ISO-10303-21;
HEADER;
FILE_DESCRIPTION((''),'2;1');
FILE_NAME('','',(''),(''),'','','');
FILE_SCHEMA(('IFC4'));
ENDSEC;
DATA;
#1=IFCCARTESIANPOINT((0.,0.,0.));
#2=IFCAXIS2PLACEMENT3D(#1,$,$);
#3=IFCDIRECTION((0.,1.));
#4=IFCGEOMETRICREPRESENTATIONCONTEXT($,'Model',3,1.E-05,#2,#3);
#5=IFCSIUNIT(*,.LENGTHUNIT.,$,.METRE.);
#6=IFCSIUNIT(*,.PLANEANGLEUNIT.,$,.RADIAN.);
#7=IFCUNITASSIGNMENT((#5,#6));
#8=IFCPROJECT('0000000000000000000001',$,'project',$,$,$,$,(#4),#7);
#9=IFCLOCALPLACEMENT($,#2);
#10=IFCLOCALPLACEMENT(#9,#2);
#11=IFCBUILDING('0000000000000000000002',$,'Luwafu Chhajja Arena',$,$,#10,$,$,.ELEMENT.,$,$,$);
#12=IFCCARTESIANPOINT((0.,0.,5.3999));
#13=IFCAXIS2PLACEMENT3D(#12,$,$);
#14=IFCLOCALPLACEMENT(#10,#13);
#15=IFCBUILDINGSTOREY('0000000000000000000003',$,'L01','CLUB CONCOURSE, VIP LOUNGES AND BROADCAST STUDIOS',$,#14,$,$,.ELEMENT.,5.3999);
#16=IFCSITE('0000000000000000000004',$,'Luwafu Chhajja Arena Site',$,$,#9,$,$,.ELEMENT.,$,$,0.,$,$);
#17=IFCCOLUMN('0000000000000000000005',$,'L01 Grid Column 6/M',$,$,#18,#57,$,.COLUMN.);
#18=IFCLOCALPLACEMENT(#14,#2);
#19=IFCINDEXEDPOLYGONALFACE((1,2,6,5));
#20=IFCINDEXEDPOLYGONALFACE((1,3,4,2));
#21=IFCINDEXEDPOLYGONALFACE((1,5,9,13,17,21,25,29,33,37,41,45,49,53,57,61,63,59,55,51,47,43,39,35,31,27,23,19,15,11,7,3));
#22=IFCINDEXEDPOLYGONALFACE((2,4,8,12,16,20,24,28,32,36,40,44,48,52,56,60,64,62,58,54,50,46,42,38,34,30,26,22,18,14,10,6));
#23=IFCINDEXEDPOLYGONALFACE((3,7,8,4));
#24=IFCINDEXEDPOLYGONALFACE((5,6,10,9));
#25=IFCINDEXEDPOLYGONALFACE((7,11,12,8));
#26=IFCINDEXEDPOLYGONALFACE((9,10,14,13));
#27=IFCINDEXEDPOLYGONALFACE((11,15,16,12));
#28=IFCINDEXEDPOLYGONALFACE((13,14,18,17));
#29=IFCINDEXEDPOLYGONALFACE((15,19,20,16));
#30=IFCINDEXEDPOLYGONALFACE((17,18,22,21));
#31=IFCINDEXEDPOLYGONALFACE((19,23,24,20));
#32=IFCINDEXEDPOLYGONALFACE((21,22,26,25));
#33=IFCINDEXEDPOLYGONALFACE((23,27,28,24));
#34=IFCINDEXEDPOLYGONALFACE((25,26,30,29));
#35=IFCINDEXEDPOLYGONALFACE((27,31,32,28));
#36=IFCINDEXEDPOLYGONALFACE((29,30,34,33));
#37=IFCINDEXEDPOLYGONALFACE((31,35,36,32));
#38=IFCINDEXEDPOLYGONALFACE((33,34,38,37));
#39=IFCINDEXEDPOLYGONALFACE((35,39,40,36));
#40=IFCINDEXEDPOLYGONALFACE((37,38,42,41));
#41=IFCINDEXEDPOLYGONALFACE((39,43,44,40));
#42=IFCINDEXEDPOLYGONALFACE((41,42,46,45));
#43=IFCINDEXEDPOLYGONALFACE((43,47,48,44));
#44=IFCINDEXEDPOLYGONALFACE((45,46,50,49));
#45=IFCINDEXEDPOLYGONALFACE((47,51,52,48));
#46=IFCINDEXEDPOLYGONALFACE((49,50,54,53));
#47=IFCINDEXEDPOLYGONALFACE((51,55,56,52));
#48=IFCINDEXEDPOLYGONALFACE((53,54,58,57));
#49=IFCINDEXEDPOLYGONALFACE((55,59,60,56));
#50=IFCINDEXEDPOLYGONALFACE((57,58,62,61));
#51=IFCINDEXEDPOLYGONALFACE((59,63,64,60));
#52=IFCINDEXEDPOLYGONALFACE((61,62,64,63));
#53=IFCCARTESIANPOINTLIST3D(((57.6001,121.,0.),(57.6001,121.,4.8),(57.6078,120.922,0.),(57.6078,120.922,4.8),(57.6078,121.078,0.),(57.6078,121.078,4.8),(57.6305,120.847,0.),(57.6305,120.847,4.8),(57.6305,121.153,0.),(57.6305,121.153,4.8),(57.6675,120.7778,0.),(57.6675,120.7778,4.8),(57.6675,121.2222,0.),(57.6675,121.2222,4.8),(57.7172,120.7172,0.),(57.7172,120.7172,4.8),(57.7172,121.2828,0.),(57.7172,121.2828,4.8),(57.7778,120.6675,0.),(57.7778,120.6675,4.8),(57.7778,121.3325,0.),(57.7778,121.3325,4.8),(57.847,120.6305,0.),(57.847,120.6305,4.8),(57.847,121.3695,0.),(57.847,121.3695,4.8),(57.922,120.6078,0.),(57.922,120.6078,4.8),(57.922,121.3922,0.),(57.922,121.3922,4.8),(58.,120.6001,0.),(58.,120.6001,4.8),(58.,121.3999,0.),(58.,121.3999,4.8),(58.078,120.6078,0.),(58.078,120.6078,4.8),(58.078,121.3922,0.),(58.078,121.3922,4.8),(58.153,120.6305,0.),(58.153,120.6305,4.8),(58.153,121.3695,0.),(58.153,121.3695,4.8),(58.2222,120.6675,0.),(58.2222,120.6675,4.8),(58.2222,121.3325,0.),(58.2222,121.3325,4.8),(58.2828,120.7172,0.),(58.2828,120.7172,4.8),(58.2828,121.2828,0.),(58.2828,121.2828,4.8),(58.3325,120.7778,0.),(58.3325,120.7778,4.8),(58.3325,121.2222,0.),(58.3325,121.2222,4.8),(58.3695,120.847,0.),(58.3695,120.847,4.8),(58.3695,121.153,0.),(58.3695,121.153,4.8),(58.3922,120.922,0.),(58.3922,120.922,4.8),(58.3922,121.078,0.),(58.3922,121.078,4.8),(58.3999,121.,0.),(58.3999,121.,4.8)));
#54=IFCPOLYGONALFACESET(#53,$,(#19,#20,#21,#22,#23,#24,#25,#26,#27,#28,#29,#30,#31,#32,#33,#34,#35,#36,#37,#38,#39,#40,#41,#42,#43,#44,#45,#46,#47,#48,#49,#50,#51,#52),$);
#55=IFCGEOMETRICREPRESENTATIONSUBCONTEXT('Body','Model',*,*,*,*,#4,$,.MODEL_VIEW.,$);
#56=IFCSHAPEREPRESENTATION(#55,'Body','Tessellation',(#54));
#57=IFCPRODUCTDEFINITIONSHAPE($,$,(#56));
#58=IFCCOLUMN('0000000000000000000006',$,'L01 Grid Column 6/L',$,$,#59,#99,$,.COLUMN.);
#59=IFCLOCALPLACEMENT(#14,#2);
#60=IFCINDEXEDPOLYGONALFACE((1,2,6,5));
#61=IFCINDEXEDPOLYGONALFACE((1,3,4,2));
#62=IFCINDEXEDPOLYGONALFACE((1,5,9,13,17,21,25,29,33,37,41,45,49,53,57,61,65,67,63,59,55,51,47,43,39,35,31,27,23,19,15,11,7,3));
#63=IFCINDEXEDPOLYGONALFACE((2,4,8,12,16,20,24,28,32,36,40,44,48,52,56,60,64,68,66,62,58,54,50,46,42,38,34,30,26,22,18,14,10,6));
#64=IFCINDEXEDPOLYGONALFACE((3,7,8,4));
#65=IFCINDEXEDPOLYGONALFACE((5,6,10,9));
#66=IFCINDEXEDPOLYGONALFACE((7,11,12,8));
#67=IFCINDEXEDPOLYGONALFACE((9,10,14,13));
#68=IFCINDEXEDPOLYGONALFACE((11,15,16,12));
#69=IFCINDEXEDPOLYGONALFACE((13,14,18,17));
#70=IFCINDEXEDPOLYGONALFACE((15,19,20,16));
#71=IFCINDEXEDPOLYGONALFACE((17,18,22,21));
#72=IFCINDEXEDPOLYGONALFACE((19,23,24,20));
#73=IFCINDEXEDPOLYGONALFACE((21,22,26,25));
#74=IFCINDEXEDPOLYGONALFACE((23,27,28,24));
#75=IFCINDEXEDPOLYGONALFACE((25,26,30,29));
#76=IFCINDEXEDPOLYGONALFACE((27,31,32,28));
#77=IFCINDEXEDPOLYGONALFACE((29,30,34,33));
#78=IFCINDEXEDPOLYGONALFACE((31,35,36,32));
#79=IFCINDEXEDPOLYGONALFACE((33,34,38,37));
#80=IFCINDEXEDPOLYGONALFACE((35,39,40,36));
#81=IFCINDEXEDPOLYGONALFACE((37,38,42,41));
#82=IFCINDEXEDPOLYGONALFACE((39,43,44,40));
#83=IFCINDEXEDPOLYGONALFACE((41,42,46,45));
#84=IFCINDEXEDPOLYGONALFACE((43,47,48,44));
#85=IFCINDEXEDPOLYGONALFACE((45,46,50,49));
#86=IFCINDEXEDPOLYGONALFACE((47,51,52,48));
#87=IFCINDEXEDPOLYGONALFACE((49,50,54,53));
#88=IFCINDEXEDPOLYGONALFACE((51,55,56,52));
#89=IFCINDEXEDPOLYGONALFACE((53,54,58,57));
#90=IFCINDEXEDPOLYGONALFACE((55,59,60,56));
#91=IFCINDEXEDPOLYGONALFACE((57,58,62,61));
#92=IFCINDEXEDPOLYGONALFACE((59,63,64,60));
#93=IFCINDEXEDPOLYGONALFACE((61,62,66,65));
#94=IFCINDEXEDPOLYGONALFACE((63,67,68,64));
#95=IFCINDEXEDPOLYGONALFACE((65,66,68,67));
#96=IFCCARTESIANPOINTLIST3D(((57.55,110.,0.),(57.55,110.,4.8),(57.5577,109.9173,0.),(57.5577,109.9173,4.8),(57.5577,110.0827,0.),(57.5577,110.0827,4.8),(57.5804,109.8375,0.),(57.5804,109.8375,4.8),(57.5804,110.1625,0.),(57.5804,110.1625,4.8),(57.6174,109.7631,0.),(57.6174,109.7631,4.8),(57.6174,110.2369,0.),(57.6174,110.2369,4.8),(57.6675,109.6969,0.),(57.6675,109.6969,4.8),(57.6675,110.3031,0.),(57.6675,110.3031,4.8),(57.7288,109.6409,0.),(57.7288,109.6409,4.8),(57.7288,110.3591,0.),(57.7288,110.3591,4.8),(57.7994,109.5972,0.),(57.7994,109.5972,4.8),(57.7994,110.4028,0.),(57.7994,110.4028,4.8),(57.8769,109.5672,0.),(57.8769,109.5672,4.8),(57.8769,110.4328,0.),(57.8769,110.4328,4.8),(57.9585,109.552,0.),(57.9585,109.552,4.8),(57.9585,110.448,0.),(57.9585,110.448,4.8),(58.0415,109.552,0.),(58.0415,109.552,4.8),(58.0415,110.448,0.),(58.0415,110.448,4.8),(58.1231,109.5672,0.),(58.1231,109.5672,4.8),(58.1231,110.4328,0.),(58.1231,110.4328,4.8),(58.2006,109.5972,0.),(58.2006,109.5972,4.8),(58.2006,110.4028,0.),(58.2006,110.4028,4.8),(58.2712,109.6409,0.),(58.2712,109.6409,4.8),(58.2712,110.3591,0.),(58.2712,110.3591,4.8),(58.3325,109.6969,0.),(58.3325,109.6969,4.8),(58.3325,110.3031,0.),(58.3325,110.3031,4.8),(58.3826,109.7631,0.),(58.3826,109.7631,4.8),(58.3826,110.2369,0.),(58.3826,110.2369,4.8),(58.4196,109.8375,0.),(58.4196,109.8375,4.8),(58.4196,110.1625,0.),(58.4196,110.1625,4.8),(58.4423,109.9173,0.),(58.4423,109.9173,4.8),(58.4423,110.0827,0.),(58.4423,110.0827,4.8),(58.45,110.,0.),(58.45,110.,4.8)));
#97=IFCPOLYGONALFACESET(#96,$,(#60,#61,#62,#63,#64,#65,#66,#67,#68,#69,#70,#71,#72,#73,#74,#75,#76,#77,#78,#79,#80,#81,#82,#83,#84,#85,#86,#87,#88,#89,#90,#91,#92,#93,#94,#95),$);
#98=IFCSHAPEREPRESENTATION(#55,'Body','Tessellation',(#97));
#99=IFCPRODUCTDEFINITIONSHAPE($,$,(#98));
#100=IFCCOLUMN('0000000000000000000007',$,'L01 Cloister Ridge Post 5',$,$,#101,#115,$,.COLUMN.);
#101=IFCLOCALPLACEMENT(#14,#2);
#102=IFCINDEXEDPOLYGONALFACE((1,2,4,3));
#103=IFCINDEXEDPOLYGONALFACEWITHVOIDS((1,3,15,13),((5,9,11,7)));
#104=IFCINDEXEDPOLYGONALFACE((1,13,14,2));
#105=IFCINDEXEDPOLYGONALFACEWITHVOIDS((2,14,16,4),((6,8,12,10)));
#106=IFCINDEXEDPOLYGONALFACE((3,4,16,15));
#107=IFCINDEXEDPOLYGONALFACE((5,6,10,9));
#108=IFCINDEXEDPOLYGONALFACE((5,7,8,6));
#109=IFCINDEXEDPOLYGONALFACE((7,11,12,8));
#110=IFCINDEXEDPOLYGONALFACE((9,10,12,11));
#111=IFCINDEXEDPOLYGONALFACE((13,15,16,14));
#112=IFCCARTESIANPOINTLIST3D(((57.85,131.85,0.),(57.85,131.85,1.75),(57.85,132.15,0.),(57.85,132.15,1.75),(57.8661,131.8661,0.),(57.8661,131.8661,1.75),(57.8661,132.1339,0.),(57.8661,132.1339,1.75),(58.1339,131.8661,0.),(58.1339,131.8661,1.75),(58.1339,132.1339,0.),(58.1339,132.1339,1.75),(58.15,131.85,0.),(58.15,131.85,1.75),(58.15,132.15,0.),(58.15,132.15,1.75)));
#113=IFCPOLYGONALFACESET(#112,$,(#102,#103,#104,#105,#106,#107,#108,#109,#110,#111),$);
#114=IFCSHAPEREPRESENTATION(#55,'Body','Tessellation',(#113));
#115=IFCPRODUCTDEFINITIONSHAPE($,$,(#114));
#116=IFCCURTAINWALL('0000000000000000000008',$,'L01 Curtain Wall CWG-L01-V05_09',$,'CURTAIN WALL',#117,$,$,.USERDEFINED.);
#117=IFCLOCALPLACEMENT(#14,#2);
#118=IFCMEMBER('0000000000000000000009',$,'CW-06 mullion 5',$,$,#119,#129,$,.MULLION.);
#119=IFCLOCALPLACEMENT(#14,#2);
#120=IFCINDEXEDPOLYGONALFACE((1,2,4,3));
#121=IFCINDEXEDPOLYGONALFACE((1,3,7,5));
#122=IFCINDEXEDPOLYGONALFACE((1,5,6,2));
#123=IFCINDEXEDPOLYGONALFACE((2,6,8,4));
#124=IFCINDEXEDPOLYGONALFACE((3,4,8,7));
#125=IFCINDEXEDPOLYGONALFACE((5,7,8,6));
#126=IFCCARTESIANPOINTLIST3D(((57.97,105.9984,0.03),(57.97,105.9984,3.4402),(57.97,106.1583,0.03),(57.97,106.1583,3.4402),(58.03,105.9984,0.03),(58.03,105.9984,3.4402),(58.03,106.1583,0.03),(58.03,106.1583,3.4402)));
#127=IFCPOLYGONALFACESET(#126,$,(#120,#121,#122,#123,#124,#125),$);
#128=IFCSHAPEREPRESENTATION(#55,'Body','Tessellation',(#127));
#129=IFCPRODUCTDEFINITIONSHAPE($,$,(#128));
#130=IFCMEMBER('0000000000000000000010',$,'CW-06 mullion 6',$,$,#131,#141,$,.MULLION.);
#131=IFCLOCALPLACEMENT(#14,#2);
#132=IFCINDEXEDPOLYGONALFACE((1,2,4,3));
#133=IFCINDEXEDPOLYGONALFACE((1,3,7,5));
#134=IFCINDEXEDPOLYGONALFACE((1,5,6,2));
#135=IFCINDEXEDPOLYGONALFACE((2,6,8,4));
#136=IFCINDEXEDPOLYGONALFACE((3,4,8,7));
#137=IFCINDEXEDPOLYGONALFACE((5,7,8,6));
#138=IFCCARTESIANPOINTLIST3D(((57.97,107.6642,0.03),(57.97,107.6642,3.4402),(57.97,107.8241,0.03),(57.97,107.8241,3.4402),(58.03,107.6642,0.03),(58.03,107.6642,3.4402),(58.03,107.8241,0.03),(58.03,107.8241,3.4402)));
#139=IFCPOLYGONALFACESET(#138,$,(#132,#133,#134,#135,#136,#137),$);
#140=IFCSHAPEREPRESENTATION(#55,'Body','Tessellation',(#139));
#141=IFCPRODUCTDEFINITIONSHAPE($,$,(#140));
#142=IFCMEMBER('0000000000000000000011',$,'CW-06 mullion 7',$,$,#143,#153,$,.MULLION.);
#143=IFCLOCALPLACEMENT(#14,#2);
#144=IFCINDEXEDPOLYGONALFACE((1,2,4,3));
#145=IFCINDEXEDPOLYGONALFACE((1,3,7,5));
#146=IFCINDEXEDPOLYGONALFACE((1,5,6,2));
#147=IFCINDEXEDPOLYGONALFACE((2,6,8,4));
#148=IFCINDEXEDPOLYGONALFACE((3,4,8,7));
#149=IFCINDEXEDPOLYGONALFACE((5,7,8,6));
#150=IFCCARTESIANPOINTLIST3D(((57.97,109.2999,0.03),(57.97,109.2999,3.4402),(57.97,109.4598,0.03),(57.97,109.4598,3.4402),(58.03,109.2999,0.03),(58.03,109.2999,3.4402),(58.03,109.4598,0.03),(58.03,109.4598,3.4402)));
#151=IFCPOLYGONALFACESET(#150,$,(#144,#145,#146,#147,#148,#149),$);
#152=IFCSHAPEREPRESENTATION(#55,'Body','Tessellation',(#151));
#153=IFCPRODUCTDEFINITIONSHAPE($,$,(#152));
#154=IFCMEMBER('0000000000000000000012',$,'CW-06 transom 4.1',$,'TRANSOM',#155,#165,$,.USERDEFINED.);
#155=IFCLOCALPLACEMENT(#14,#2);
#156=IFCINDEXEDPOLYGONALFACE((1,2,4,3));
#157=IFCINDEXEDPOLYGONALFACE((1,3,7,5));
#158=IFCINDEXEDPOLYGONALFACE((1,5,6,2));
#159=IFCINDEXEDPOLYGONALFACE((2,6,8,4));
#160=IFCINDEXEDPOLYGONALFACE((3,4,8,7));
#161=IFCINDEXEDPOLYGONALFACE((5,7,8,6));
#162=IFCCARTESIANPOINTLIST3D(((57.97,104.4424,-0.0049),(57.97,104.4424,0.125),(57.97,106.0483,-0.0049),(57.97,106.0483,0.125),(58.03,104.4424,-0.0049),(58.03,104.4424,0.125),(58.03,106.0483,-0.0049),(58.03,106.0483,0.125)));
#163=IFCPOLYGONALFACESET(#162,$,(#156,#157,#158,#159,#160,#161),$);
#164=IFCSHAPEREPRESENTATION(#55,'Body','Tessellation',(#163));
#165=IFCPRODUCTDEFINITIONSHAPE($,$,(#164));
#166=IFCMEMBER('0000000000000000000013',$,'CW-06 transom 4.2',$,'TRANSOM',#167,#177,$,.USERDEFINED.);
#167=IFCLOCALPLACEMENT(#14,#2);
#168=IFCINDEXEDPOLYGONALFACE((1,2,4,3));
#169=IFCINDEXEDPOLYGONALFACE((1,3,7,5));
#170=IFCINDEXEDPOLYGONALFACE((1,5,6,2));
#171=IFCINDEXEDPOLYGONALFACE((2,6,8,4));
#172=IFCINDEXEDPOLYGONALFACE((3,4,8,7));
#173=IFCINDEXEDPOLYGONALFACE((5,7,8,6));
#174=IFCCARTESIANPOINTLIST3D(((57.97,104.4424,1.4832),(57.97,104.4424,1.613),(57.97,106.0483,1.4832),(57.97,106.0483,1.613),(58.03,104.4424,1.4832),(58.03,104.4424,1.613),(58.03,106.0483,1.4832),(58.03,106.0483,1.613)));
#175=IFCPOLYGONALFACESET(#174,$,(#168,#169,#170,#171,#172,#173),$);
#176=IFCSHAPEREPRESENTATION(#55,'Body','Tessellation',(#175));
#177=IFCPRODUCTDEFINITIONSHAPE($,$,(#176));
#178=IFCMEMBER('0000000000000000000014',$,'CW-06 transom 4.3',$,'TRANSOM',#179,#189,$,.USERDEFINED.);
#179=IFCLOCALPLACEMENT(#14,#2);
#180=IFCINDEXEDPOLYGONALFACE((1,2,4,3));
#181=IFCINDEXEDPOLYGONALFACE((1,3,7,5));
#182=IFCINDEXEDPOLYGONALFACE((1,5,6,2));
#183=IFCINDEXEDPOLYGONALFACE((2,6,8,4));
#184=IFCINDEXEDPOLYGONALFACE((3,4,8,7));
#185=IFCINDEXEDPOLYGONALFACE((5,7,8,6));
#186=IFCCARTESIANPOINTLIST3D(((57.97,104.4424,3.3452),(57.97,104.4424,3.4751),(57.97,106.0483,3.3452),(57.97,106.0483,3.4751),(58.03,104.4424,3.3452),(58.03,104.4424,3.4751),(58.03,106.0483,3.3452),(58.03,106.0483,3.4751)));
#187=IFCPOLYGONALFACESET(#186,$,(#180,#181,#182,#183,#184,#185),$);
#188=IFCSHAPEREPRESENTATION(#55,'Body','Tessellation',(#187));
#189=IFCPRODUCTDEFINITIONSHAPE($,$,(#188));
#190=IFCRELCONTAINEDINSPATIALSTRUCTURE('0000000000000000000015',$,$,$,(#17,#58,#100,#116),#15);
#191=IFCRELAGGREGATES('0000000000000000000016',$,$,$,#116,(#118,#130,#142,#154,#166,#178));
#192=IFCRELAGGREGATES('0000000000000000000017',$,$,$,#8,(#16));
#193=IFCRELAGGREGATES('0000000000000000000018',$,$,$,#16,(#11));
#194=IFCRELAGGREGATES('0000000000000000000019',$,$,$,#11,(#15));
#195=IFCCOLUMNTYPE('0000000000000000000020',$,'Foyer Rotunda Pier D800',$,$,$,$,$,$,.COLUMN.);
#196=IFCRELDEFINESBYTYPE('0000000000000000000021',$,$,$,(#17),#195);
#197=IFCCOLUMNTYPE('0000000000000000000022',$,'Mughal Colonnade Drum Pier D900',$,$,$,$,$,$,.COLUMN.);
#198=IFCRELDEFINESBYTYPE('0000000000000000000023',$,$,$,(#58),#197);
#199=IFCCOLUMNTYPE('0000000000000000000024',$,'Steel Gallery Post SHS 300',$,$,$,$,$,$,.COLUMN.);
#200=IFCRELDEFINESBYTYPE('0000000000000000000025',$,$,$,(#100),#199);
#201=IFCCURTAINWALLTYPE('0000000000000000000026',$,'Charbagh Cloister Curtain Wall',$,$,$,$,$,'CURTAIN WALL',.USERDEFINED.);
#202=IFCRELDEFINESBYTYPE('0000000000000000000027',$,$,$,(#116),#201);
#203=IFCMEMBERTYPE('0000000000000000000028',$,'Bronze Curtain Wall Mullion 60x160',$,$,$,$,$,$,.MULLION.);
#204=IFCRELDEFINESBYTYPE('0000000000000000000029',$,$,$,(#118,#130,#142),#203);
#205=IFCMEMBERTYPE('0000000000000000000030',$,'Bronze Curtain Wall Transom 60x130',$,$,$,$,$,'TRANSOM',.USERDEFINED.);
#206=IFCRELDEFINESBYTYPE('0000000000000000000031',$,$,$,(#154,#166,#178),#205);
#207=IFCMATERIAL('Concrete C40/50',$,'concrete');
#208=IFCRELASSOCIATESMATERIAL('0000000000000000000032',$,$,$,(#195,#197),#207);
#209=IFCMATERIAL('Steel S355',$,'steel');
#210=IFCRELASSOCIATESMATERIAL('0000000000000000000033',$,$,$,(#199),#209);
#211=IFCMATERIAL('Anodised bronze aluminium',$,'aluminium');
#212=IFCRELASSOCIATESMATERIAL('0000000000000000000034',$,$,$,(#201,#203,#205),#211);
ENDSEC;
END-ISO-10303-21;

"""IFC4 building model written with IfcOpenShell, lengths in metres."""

from ifc_helpers import new_model, si_unit, direction, frame, origin, origin_2d, place, context, subcontext, project, spatial, rectangle, hollow_rectangle, circle, extrude, material, material_profile, profile_set, type_object, element, aggregate, save


model = new_model("IFC4")

# Units and contexts
model_context = context("Model", 3, precision=1e-05, world=origin(), true_north=direction((0.0, 1.0)))
body_context = subcontext(model_context, "Body", "Model", "MODEL_VIEW")
ifc_project = project(units=[si_unit("LENGTHUNIT", "METRE"), si_unit("PLANEANGLEUNIT", "RADIAN")], contexts=[model_context])

# Site, building, storey
site_placement = place(None, origin())
site = spatial("IfcSite", under=ifc_project, at=site_placement, Name="Luwafu Chhajja Arena Site", CompositionType="ELEMENT", RefElevation=0.0)
building_placement = place(site_placement, origin())
building = spatial("IfcBuilding", under=site, at=building_placement, Name="Luwafu Chhajja Arena", CompositionType="ELEMENT")
storey_placement = place(building_placement, frame((0.0, 0.0, 5.3999)))
storey = spatial("IfcBuildingStorey", under=building, at=storey_placement, Name="L01", Description="CLUB CONCOURSE, VIP LOUNGES AND BROADCAST STUDIOS", CompositionType="ELEMENT", Elevation=5.3999)

# Columns
ifc_material_1 = material(Name="Concrete C40/50", Category="concrete")
ifc_material_profile_1 = material_profile(ifc_material_1, circle(Radius=0.3999, at=origin_2d()), Name="RC COL D800")
ifc_profile_set_1 = profile_set([ifc_material_profile_1], Name="Concrete C40/50")
column_type_1 = type_object("IfcColumnType", Name="Foyer Rotunda Pier D800", PredefinedType="COLUMN", material=ifc_profile_set_1)
column_1_placement = place(storey_placement, frame((58.0, 121.0, 0.0), z_axis=(0.0, 0.0, 1.0), x_axis=(1.0, 0.0, 0.0)))
element("IfcColumn", 1, at=column_1_placement, inside=storey, type_object=column_type_1, Name="L01 Grid Column 6/M", PredefinedType="COLUMN", context=body_context, shape_type="SweptSolid", body=[
    extrude(circle(Radius=0.3999, at=origin_2d()), origin(), (0.0, 0.0, 1.0), 4.8),
])
ifc_material_profile_2 = material_profile(ifc_material_1, circle(Radius=0.45, at=origin_2d()), Name="RC COL D900")
ifc_profile_set_2 = profile_set([ifc_material_profile_2], Name="Concrete C40/50")
column_type_2 = type_object("IfcColumnType", Name="Mughal Colonnade Drum Pier D900", PredefinedType="COLUMN", material=ifc_profile_set_2)
column_2_placement = place(storey_placement, frame((58.0, 110.0, 0.0), z_axis=(0.0, 0.0, 1.0), x_axis=(1.0, 0.0, 0.0)))
element("IfcColumn", 2, at=column_2_placement, inside=storey, type_object=column_type_2, Name="L01 Grid Column 6/L", PredefinedType="COLUMN", context=body_context, shape_type="SweptSolid", body=[
    extrude(circle(Radius=0.45, at=origin_2d()), origin(), (0.0, 0.0, 1.0), 4.8),
])
ifc_material_2 = material(Name="Steel S355", Category="steel")
ifc_material_profile_3 = material_profile(ifc_material_2, hollow_rectangle(XDim=0.3, YDim=0.3, WallThickness=0.0161, at=origin_2d()), Name="SHS 300x300x16")
ifc_profile_set_3 = profile_set([ifc_material_profile_3], Name="Steel S355")
column_type_3 = type_object("IfcColumnType", Name="Steel Gallery Post SHS 300", PredefinedType="COLUMN", material=ifc_profile_set_3)
column_3_placement = place(storey_placement, frame((58.0, 132.0, 0.0), z_axis=(0.0, 0.0, 1.0), x_axis=(1.0, 0.0, 0.0)))
element("IfcColumn", 3, at=column_3_placement, inside=storey, type_object=column_type_3, Name="L01 Cloister Ridge Post 5", PredefinedType="COLUMN", context=body_context, shape_type="SweptSolid", body=[
    extrude(hollow_rectangle(XDim=0.3, YDim=0.3, WallThickness=0.0161, at=origin_2d()), origin(), (0.0, 0.0, 1.0), 1.75),
])

# Curtain wall, members
ifc_material_3 = material(Name="Anodised bronze aluminium", Category="aluminium")
curtain_wall_type = type_object("IfcCurtainWallType", Name="Charbagh Cloister Curtain Wall", ElementType="CURTAIN WALL", PredefinedType="USERDEFINED", material=ifc_material_3)
curtain_wall_placement = place(storey_placement, origin())
curtain_wall = element("IfcCurtainWall", 4, at=curtain_wall_placement, inside=storey, type_object=curtain_wall_type, Name="L01 Curtain Wall CWG-L01-V05_09", ObjectType="CURTAIN WALL", PredefinedType="USERDEFINED")
ifc_material_profile_4 = material_profile(ifc_material_3, rectangle(XDim=0.0601, YDim=0.1599, at=origin_2d()), Name="CWM 60x160")
ifc_profile_set_4 = profile_set([ifc_material_profile_4], Name="Anodised bronze aluminium")
member_type_1 = type_object("IfcMemberType", Name="Bronze Curtain Wall Mullion 60x160", PredefinedType="MULLION", material=ifc_profile_set_4)
member_1_placement = place(storey_placement, frame((58.0, 106.0784, 0.03), z_axis=(0.0, 0.0, 1.0), x_axis=(-1.0, 0.0, 0.0)))
member_1 = element("IfcMember", 5, at=member_1_placement, type_object=member_type_1, Name="CW-06 mullion 5", PredefinedType="MULLION", context=body_context, shape_type="SweptSolid", body=[
    extrude(rectangle(XDim=0.0601, YDim=0.1599, at=origin_2d()), origin(), (0.0, 0.0, 1.0), 3.4102),
])
member_2_placement = place(storey_placement, frame((58.0, 107.7441, 0.03), z_axis=(0.0, 0.0, 1.0), x_axis=(-1.0, 0.0, 0.0)))
member_2 = element("IfcMember", 6, at=member_2_placement, type_object=member_type_1, Name="CW-06 mullion 6", PredefinedType="MULLION", context=body_context, shape_type="SweptSolid", body=[
    extrude(rectangle(XDim=0.0601, YDim=0.1599, at=origin_2d()), origin(), (0.0, 0.0, 1.0), 3.4102),
])
member_3_placement = place(storey_placement, frame((58.0, 109.3799, 0.03), z_axis=(0.0, 0.0, 1.0), x_axis=(-1.0, 0.0, 0.0)))
member_3 = element("IfcMember", 7, at=member_3_placement, type_object=member_type_1, Name="CW-06 mullion 7", PredefinedType="MULLION", context=body_context, shape_type="SweptSolid", body=[
    extrude(rectangle(XDim=0.0601, YDim=0.1599, at=origin_2d()), origin(), (0.0, 0.0, 1.0), 3.4102),
])
ifc_material_profile_5 = material_profile(ifc_material_3, rectangle(XDim=0.0601, YDim=0.1299, at=origin_2d()), Name="CWT 60x130")
ifc_profile_set_5 = profile_set([ifc_material_profile_5], Name="Anodised bronze aluminium")
member_type_2 = type_object("IfcMemberType", Name="Bronze Curtain Wall Transom 60x130", ElementType="TRANSOM", PredefinedType="USERDEFINED", material=ifc_profile_set_5)
member_4_placement = place(storey_placement, frame((58.0, 104.4424, 0.0601), z_axis=(0.0, 1.0, 0.0), x_axis=(-1.0, 0.0, 0.0)))
member_4 = element("IfcMember", 8, at=member_4_placement, type_object=member_type_2, Name="CW-06 transom 4.1", ObjectType="TRANSOM", PredefinedType="USERDEFINED", context=body_context, shape_type="SweptSolid", body=[
    extrude(rectangle(XDim=0.0601, YDim=0.1299, at=origin_2d()), origin(), (0.0, 0.0, 1.0), 1.606),
])
member_5_placement = place(storey_placement, frame((58.0, 104.4424, 1.5481), z_axis=(0.0, 1.0, 0.0), x_axis=(-1.0, 0.0, 0.0)))
member_5 = element("IfcMember", 9, at=member_5_placement, type_object=member_type_2, Name="CW-06 transom 4.2", ObjectType="TRANSOM", PredefinedType="USERDEFINED", context=body_context, shape_type="SweptSolid", body=[
    extrude(rectangle(XDim=0.0601, YDim=0.1299, at=origin_2d()), origin(), (0.0, 0.0, 1.0), 1.606),
])
member_6_placement = place(storey_placement, frame((58.0, 104.4424, 3.4102), z_axis=(0.0, 1.0, 0.0), x_axis=(-1.0, 0.0, 0.0)))
member_6 = element("IfcMember", 10, at=member_6_placement, type_object=member_type_2, Name="CW-06 transom 4.3", ObjectType="TRANSOM", PredefinedType="USERDEFINED", context=body_context, shape_type="SweptSolid", body=[
    extrude(rectangle(XDim=0.0601, YDim=0.1299, at=origin_2d()), origin(), (0.0, 0.0, 1.0), 1.606),
])

aggregate(curtain_wall, [member_1, member_2, member_3, member_4, member_5, member_6])

save(model, "model.ifc")
